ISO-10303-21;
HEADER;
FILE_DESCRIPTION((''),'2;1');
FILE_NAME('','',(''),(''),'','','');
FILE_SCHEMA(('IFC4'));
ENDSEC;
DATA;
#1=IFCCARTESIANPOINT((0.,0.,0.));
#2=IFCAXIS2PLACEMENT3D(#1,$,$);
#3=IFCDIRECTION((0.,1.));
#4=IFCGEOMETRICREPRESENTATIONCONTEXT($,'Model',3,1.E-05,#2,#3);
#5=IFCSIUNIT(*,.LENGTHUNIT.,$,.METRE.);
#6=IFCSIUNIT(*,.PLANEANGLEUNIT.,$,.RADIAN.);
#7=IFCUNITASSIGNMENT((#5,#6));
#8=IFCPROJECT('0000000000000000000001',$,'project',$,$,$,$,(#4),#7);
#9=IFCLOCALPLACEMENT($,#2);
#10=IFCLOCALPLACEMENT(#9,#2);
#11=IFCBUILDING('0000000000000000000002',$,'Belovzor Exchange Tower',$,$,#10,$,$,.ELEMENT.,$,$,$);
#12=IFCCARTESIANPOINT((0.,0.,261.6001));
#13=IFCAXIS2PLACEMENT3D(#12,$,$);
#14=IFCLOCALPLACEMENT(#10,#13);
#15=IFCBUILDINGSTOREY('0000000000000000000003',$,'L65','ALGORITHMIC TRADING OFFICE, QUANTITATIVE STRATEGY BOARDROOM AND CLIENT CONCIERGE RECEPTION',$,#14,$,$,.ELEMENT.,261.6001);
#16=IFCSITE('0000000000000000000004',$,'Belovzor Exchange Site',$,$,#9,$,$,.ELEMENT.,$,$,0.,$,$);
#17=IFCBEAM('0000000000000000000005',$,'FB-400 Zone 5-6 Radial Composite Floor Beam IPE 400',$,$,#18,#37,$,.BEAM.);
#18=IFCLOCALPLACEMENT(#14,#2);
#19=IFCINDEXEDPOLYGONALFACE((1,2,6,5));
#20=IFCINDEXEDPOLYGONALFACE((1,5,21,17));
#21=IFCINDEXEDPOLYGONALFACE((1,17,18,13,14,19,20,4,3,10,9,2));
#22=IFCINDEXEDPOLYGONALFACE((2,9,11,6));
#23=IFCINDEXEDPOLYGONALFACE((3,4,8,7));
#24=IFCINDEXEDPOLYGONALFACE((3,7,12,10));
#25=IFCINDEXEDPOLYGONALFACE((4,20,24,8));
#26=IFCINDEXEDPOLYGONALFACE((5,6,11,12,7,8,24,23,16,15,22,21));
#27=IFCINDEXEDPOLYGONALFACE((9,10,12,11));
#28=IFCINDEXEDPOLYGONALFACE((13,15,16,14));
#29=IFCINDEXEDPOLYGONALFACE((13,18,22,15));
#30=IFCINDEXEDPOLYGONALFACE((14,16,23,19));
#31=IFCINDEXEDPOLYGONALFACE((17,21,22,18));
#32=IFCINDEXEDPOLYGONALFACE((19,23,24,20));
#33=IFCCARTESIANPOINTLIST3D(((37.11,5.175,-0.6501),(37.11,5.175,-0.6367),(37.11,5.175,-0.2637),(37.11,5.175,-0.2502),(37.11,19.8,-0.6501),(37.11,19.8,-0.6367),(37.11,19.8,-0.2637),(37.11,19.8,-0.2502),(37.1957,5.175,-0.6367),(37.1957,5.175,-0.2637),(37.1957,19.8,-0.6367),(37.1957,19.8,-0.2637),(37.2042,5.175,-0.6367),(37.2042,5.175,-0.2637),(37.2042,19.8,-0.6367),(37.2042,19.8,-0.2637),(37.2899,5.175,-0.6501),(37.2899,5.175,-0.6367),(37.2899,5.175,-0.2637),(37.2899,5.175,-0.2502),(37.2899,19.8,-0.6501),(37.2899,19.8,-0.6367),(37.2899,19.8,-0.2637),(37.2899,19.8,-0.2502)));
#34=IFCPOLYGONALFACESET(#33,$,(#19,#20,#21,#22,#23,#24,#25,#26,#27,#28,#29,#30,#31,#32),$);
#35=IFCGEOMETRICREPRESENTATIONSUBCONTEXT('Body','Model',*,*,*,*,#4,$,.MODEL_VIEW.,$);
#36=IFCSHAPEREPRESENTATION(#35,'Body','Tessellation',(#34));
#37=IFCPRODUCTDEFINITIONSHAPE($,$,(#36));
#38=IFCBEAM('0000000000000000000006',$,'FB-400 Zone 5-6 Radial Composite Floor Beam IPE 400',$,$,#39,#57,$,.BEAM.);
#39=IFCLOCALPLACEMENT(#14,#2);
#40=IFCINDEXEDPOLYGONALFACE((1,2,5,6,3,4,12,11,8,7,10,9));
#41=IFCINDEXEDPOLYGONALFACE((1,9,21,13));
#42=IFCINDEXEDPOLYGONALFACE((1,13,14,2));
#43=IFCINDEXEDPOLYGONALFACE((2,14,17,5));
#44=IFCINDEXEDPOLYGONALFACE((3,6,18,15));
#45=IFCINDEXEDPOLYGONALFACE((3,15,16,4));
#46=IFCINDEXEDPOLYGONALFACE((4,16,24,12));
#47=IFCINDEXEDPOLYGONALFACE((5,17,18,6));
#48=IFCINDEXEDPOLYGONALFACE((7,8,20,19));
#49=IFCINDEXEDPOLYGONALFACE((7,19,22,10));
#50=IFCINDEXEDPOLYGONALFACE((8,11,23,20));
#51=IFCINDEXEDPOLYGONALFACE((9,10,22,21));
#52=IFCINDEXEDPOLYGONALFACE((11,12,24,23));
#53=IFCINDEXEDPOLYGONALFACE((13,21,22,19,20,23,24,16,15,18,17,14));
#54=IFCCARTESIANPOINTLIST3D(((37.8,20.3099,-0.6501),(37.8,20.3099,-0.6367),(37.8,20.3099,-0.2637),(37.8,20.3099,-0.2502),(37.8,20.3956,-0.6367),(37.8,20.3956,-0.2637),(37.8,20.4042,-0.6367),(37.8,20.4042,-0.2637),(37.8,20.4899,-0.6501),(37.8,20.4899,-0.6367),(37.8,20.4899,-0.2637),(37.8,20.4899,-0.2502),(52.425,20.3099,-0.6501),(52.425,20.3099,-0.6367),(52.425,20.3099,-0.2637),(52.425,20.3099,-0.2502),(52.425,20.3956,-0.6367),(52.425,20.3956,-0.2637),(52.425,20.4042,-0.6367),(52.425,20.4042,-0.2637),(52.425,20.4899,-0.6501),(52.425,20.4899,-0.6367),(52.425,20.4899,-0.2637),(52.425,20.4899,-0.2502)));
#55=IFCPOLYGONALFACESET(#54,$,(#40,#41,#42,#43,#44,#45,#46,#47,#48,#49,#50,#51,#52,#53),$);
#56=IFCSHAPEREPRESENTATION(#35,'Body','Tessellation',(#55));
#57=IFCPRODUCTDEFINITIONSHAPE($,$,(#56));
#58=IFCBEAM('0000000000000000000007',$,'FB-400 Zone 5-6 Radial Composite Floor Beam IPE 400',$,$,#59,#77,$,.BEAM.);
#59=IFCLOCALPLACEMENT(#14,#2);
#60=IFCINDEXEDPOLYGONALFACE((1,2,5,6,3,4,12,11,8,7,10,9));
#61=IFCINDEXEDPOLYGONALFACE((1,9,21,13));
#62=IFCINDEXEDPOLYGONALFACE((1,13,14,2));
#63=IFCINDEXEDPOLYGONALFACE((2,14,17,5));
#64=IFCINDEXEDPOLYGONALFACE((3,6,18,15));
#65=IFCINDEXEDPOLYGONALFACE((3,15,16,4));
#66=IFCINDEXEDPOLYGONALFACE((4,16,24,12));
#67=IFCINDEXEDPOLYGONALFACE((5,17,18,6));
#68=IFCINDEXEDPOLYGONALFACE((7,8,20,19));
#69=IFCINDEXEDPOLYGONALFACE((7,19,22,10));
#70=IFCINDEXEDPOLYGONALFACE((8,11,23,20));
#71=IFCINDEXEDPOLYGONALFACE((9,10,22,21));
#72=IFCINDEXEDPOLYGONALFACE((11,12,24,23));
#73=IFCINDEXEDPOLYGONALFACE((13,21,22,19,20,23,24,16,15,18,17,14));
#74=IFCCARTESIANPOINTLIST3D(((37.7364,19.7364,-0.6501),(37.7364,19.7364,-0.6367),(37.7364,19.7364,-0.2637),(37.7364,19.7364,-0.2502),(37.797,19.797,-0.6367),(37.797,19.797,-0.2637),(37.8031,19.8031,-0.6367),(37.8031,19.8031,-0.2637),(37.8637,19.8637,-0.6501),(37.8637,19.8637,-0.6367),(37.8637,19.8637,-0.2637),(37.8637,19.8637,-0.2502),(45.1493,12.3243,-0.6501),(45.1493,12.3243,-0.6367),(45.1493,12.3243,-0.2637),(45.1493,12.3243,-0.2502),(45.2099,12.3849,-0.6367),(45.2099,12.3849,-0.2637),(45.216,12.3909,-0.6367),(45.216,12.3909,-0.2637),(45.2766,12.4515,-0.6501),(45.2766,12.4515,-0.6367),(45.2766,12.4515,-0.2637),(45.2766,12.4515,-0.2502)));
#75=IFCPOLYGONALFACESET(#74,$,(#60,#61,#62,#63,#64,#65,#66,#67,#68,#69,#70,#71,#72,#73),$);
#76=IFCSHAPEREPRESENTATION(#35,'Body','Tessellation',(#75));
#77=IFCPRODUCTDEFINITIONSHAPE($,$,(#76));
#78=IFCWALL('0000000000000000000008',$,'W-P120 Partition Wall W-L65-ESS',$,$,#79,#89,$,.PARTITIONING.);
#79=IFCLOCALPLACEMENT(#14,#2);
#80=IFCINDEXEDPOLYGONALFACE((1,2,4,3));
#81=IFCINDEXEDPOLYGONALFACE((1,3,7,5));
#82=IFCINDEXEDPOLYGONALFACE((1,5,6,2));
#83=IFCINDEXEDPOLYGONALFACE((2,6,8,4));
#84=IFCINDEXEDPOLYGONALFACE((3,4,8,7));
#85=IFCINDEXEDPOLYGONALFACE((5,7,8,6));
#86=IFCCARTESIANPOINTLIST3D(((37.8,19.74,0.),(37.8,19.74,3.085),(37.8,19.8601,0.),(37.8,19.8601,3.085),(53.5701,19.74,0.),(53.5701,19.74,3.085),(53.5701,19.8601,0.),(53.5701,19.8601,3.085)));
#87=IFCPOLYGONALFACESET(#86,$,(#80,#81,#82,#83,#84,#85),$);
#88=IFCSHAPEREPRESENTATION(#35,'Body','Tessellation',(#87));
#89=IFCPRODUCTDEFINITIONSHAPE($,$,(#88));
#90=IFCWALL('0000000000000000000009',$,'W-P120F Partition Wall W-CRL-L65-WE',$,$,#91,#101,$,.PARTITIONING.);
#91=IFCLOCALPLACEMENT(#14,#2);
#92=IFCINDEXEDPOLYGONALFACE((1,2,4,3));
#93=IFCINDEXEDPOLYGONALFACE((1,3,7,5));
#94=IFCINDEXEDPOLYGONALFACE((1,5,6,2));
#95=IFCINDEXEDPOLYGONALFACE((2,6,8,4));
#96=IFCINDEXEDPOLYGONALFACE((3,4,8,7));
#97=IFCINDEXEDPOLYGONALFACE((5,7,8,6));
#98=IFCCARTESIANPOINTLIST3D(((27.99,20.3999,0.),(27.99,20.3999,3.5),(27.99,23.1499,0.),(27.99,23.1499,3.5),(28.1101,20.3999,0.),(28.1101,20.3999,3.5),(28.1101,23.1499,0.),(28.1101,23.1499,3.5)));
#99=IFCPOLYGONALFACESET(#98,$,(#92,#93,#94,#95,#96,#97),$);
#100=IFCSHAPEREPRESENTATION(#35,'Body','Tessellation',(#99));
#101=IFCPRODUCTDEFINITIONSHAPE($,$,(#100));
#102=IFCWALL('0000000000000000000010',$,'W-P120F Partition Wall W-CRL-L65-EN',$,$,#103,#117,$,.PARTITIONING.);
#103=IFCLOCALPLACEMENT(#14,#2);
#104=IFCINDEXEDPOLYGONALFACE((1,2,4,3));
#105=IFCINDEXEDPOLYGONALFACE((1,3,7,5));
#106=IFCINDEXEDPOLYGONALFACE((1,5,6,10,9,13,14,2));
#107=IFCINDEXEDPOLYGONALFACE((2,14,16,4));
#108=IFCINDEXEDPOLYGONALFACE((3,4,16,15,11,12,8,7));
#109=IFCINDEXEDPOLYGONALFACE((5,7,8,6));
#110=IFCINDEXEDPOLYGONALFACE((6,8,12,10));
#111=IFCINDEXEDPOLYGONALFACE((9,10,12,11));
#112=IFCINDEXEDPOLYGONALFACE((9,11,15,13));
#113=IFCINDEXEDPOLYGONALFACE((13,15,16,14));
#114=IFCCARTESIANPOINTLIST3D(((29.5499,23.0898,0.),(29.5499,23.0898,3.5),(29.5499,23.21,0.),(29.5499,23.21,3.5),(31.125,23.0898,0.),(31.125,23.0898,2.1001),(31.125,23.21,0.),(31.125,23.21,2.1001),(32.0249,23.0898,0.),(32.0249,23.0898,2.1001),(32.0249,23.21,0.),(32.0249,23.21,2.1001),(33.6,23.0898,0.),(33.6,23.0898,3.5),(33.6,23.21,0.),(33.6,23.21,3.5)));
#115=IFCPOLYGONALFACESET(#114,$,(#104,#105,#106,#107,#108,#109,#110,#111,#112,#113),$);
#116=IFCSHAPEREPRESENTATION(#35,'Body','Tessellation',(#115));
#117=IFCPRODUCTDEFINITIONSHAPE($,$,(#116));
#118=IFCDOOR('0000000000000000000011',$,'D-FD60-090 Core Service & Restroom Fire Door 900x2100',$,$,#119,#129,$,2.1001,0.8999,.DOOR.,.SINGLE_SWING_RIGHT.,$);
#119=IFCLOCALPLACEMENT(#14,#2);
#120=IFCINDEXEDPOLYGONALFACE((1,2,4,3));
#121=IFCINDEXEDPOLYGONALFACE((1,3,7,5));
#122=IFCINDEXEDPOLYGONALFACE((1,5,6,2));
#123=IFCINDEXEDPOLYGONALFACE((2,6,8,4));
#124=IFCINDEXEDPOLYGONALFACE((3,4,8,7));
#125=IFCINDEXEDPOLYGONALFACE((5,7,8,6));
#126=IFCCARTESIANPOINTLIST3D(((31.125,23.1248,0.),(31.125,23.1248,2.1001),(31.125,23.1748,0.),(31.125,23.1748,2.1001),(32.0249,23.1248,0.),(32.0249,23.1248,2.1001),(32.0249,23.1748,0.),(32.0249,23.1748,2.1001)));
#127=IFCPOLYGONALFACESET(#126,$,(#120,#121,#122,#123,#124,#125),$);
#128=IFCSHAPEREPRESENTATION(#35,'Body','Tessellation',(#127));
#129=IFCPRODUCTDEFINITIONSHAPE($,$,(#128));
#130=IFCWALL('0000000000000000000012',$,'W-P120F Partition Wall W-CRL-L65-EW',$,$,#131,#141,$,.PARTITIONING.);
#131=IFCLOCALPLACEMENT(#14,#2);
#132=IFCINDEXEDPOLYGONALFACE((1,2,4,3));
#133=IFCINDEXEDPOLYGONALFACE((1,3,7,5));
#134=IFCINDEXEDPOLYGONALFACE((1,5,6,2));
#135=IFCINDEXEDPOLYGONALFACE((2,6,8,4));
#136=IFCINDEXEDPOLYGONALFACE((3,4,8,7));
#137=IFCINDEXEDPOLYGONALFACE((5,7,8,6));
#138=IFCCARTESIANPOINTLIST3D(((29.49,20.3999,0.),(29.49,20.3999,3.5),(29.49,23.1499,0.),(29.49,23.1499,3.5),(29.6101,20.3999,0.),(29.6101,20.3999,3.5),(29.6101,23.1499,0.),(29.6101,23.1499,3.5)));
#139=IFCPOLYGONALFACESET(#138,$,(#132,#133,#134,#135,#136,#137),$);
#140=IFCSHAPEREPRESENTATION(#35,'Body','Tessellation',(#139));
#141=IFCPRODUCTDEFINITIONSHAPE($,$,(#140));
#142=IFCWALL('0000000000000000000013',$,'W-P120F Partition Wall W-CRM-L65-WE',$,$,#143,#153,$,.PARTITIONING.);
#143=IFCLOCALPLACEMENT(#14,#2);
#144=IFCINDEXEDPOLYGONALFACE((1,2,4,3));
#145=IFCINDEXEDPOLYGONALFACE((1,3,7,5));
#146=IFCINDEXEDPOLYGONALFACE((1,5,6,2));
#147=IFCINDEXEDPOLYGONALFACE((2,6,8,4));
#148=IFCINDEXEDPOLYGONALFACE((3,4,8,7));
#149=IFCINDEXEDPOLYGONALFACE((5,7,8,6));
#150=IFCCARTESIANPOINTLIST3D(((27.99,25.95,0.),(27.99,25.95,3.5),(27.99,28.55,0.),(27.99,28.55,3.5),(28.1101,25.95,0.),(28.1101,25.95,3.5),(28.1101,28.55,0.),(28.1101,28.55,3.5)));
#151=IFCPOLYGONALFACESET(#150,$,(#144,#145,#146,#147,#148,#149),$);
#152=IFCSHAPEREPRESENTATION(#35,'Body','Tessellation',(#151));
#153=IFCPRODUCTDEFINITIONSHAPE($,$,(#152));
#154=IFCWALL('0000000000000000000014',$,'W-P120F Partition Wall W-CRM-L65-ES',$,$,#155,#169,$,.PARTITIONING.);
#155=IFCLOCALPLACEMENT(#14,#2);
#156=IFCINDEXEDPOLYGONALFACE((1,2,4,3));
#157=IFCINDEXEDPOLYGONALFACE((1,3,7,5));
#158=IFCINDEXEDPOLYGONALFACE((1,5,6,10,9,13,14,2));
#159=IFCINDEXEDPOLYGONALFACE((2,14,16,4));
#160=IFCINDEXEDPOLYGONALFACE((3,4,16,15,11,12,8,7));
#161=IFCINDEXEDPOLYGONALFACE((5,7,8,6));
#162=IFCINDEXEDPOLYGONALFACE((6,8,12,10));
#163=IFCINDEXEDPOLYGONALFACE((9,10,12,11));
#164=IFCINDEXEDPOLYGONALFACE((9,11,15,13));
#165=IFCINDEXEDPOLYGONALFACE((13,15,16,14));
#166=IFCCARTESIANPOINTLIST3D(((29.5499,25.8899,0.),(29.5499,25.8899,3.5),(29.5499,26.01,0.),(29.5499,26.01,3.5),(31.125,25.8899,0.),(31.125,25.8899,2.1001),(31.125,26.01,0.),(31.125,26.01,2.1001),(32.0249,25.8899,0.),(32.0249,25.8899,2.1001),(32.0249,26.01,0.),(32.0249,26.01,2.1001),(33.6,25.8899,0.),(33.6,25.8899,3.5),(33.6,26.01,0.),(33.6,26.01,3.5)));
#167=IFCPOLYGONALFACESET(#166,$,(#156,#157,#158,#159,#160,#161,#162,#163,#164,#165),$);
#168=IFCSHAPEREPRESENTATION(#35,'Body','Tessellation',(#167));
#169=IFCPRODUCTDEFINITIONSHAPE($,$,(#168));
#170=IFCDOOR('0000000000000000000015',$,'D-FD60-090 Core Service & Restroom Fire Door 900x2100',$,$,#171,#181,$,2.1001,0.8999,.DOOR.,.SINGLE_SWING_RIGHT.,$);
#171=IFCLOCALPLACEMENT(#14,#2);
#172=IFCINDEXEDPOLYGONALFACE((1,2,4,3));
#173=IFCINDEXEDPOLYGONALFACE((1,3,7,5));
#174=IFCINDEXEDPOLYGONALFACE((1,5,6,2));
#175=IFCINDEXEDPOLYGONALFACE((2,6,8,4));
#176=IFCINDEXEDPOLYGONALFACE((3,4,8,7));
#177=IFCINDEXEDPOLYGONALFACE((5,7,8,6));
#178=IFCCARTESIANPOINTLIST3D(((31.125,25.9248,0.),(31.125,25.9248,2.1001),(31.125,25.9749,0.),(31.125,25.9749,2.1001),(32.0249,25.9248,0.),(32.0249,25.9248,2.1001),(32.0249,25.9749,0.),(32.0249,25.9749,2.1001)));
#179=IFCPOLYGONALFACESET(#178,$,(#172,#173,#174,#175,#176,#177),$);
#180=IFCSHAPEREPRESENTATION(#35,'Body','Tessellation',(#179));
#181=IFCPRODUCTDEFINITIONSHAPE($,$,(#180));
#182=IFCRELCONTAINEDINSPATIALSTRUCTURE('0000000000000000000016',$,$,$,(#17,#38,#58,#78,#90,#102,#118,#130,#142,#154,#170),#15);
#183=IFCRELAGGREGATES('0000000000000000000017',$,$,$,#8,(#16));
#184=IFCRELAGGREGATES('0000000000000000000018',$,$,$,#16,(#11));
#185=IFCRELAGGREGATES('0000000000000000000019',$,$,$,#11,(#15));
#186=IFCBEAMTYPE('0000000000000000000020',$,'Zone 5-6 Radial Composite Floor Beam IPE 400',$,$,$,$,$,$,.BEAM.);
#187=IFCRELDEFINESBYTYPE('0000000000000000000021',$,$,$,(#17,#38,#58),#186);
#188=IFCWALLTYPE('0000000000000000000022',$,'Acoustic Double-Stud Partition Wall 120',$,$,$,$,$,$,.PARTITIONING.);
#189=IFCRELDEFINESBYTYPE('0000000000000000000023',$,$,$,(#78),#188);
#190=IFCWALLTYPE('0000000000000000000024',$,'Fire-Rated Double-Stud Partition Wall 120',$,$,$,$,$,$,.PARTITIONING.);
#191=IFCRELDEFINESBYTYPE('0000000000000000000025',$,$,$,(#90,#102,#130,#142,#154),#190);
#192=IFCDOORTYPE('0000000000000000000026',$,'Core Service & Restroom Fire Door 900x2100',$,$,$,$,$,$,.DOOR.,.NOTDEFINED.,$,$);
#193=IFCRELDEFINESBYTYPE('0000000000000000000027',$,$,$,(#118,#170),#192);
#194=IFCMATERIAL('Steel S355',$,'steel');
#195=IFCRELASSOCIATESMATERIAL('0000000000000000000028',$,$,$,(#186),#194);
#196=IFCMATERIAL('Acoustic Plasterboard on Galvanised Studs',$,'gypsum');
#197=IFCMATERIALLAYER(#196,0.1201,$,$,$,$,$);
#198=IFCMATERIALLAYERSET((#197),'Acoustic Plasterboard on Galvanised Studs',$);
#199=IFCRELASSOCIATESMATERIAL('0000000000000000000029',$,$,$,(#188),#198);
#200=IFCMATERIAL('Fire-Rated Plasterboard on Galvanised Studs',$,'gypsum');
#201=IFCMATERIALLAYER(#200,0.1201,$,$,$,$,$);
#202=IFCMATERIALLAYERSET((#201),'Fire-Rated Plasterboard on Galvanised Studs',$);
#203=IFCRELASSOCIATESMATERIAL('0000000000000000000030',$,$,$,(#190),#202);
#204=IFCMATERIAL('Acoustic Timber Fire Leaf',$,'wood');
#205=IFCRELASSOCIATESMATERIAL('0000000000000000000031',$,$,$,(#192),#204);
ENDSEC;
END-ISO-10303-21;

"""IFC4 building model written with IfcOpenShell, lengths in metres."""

from ifc_helpers import new_model, si_unit, direction, frame, frame_2d, origin, origin_2d, place, context, subcontext, project, spatial, rectangle, i_section, extrude, material, layer, layer_set, material_profile, profile_set, type_object, element, fill, save


model = new_model("IFC4")

# Units and contexts
model_context = context("Model", 3, precision=1e-05, world=origin(), true_north=direction((0.0, 1.0)))
body_context = subcontext(model_context, "Body", "Model", "MODEL_VIEW")
ifc_project = project(units=[si_unit("LENGTHUNIT", "METRE"), si_unit("PLANEANGLEUNIT", "RADIAN")], contexts=[model_context])

# Site, building, storey
site_placement = place(None, origin())
site = spatial("IfcSite", under=ifc_project, at=site_placement, Name="Belovzor Exchange Site", CompositionType="ELEMENT", RefElevation=0.0)
building_placement = place(site_placement, origin())
building = spatial("IfcBuilding", under=site, at=building_placement, Name="Belovzor Exchange Tower", CompositionType="ELEMENT")
storey_placement = place(building_placement, frame((0.0, 0.0, 261.6001)))
storey = spatial("IfcBuildingStorey", under=building, at=storey_placement, Name="L65", Description="ALGORITHMIC TRADING OFFICE, QUANTITATIVE STRATEGY BOARDROOM AND CLIENT CONCIERGE RECEPTION", CompositionType="ELEMENT", Elevation=261.6001)

# Beams
ifc_material_1 = material(Name="Steel S355", Category="steel")
ifc_material_profile = material_profile(ifc_material_1, i_section(OverallWidth=0.1799, OverallDepth=0.3999, WebThickness=0.0085, FlangeThickness=0.0134, at=origin_2d()))
ifc_profile_set = profile_set([ifc_material_profile], Name="Steel S355")
beam_type = type_object("IfcBeamType", Name="Zone 5-6 Radial Composite Floor Beam IPE 400", PredefinedType="BEAM", material=ifc_profile_set)
for number, where, z_axis, x_axis, name in (
    (1, (37.2, 19.8, -0.4502), (0.0, -1.0, 0.0), (1.0, 0.0, 0.0), "FB-400 Zone 5-6 Radial Composite Floor Beam IPE 400"),
    (2, (37.8, 20.3999, -0.4502), (1.0, 0.0, 0.0), (0.0, 1.0, 0.0), "FB-400 Zone 5-6 Radial Composite Floor Beam IPE 400"),
):
    element("IfcBeam", number, at=place(storey_placement, frame(where, z_axis=z_axis, x_axis=x_axis)), inside=storey, type_object=beam_type, Name=name, PredefinedType="BEAM", context=body_context, shape_type="SweptSolid", body=[
        extrude(i_section(OverallWidth=0.1799, OverallDepth=0.3999, WebThickness=0.0085, FlangeThickness=0.0134, at=origin_2d()), origin(), (0.0, 0.0, 1.0), 14.625),
    ])
beam_placement = place(storey_placement, frame((37.8, 19.8, -0.4502), z_axis=(0.707142, -0.707072, 0.0), x_axis=(0.707072, 0.707142, 0.0)))
element("IfcBeam", 3, at=beam_placement, inside=storey, type_object=beam_type, Name="FB-400 Zone 5-6 Radial Composite Floor Beam IPE 400", PredefinedType="BEAM", context=body_context, shape_type="SweptSolid", body=[
    extrude(i_section(OverallWidth=0.1799, OverallDepth=0.3999, WebThickness=0.0085, FlangeThickness=0.0134, at=origin_2d()), origin(), (0.0, 0.0, 1.0), 10.4829),
])

# Walls
ifc_material_2 = material(Name="Acoustic Plasterboard on Galvanised Studs", Category="gypsum")
ifc_layer_1 = layer(ifc_material_2, 0.1201)
ifc_layer_set_1 = layer_set([ifc_layer_1], Name="Acoustic Plasterboard on Galvanised Studs")
wall_type_1 = type_object("IfcWallType", Name="Acoustic Double-Stud Partition Wall 120", PredefinedType="PARTITIONING", material=ifc_layer_set_1)
wall_1_placement = place(storey_placement, frame((37.8, 19.8, 0.0), z_axis=(0.0, 0.0, 1.0), x_axis=(1.0, 0.0, 0.0)))
element("IfcWall", 4, at=wall_1_placement, inside=storey, type_object=wall_type_1, Name="W-P120 Partition Wall W-L65-ESS", PredefinedType="PARTITIONING", context=body_context, shape_type="SweptSolid", body=[
    extrude(rectangle(XDim=15.77, YDim=0.1201, at=frame_2d((7.885, 0.0))), origin(), (0.0, 0.0, 1.0), 3.085),
])
ifc_material_3 = material(Name="Fire-Rated Plasterboard on Galvanised Studs", Category="gypsum")
ifc_layer_2 = layer(ifc_material_3, 0.1201)
ifc_layer_set_2 = layer_set([ifc_layer_2], Name="Fire-Rated Plasterboard on Galvanised Studs")
wall_type_2 = type_object("IfcWallType", Name="Fire-Rated Double-Stud Partition Wall 120", PredefinedType="PARTITIONING", material=ifc_layer_set_2)
wall_2_placement = place(storey_placement, frame((28.05, 20.3999, 0.0), z_axis=(0.0, 0.0, 1.0), x_axis=(0.0, 1.0, 0.0)))
element("IfcWall", 5, at=wall_2_placement, inside=storey, type_object=wall_type_2, Name="W-P120F Partition Wall W-CRL-L65-WE", PredefinedType="PARTITIONING", context=body_context, shape_type="SweptSolid", body=[
    extrude(rectangle(XDim=2.75, YDim=0.1201, at=frame_2d((1.375, 0.0))), origin(), (0.0, 0.0, 1.0), 3.5),
])

# Wall, opening, door
wall_3_placement = place(storey_placement, frame((29.55, 23.1499, 0.0), z_axis=(0.0, 0.0, 1.0), x_axis=(1.0, 0.0, 0.0)))
wall_3 = element("IfcWall", 6, at=wall_3_placement, inside=storey, type_object=wall_type_2, Name="W-P120F Partition Wall W-CRL-L65-EN", PredefinedType="PARTITIONING", context=body_context, shape_type="SweptSolid", body=[
    extrude(rectangle(XDim=4.05, YDim=0.1201, at=frame_2d((2.0249, 0.0))), origin(), (0.0, 0.0, 1.0), 3.5),
])
opening_1_placement = place(wall_3_placement, frame((1.575, 0.0, 0.0)))
opening_1 = element("IfcOpeningElement", 7, at=opening_1_placement, cuts=wall_3, PredefinedType="OPENING", context=body_context, shape_type="SweptSolid", body=[
    extrude(rectangle(XDim=0.8999, YDim=2.1001, at=frame_2d((0.45, 1.05))), frame((0.0, 0.0701, 0.0), z_axis=(0.0, -1.0, 0.0), x_axis=(1.0, 0.0, 0.0)), (0.0, 0.0, 1.0), 0.1401),
])
ifc_material_4 = material(Name="Acoustic Timber Fire Leaf", Category="wood")
door_type_1 = type_object("IfcDoorType", Name="Core Service & Restroom Fire Door 900x2100", OperationType="NOTDEFINED", PredefinedType="DOOR", material=ifc_material_4)
door_1_placement = place(opening_1_placement, origin())
door_1 = element("IfcDoor", 8, at=door_1_placement, inside=storey, type_object=door_type_1, Name="D-FD60-090 Core Service & Restroom Fire Door 900x2100", OperationType="SINGLE_SWING_RIGHT", OverallHeight=2.1001, OverallWidth=0.8999, PredefinedType="DOOR", context=body_context, shape_type="SweptSolid", body=[
    extrude(rectangle(XDim=0.8999, YDim=2.1001, at=frame_2d((0.45, 1.05))), frame((0.0, 0.0249, 0.0), z_axis=(0.0, -1.0, 0.0), x_axis=(1.0, 0.0, 0.0)), (0.0, 0.0, 1.0), 0.05),
])
fill(opening_1, door_1)

# Walls
wall_4_placement = place(storey_placement, frame((29.55, 20.3999, 0.0), z_axis=(0.0, 0.0, 1.0), x_axis=(0.0, 1.0, 0.0)))
element("IfcWall", 9, at=wall_4_placement, inside=storey, type_object=wall_type_2, Name="W-P120F Partition Wall W-CRL-L65-EW", PredefinedType="PARTITIONING", context=body_context, shape_type="SweptSolid", body=[
    extrude(rectangle(XDim=2.75, YDim=0.1201, at=frame_2d((1.375, 0.0))), origin(), (0.0, 0.0, 1.0), 3.5),
])
wall_5_placement = place(storey_placement, frame((28.05, 25.95, 0.0), z_axis=(0.0, 0.0, 1.0), x_axis=(0.0, 1.0, 0.0)))
element("IfcWall", 10, at=wall_5_placement, inside=storey, type_object=wall_type_2, Name="W-P120F Partition Wall W-CRM-L65-WE", PredefinedType="PARTITIONING", context=body_context, shape_type="SweptSolid", body=[
    extrude(rectangle(XDim=2.6001, YDim=0.1201, at=frame_2d((1.3, 0.0))), origin(), (0.0, 0.0, 1.0), 3.5),
])

# Wall, opening, door
wall_6_placement = place(storey_placement, frame((29.55, 25.95, 0.0), z_axis=(0.0, 0.0, 1.0), x_axis=(1.0, 0.0, 0.0)))
wall_6 = element("IfcWall", 11, at=wall_6_placement, inside=storey, type_object=wall_type_2, Name="W-P120F Partition Wall W-CRM-L65-ES", PredefinedType="PARTITIONING", context=body_context, shape_type="SweptSolid", body=[
    extrude(rectangle(XDim=4.05, YDim=0.1201, at=frame_2d((2.0249, 0.0))), origin(), (0.0, 0.0, 1.0), 3.5),
])
opening_2_placement = place(wall_6_placement, frame((1.575, 0.0, 0.0)))
opening_2 = element("IfcOpeningElement", 12, at=opening_2_placement, cuts=wall_6, PredefinedType="OPENING", context=body_context, shape_type="SweptSolid", body=[
    extrude(rectangle(XDim=0.8999, YDim=2.1001, at=frame_2d((0.45, 1.05))), frame((0.0, 0.0701, 0.0), z_axis=(0.0, -1.0, 0.0), x_axis=(1.0, 0.0, 0.0)), (0.0, 0.0, 1.0), 0.1401),
])
door_2_placement = place(opening_2_placement, origin())
door_2 = element("IfcDoor", 13, at=door_2_placement, inside=storey, type_object=door_type_1, Name="D-FD60-090 Core Service & Restroom Fire Door 900x2100", OperationType="SINGLE_SWING_RIGHT", OverallHeight=2.1001, OverallWidth=0.8999, PredefinedType="DOOR", context=body_context, shape_type="SweptSolid", body=[
    extrude(rectangle(XDim=0.8999, YDim=2.1001, at=frame_2d((0.45, 1.05))), frame((0.0, 0.0249, 0.0), z_axis=(0.0, -1.0, 0.0), x_axis=(1.0, 0.0, 0.0)), (0.0, 0.0, 1.0), 0.05),
])
fill(opening_2, door_2)

save(model, "model.ifc")
